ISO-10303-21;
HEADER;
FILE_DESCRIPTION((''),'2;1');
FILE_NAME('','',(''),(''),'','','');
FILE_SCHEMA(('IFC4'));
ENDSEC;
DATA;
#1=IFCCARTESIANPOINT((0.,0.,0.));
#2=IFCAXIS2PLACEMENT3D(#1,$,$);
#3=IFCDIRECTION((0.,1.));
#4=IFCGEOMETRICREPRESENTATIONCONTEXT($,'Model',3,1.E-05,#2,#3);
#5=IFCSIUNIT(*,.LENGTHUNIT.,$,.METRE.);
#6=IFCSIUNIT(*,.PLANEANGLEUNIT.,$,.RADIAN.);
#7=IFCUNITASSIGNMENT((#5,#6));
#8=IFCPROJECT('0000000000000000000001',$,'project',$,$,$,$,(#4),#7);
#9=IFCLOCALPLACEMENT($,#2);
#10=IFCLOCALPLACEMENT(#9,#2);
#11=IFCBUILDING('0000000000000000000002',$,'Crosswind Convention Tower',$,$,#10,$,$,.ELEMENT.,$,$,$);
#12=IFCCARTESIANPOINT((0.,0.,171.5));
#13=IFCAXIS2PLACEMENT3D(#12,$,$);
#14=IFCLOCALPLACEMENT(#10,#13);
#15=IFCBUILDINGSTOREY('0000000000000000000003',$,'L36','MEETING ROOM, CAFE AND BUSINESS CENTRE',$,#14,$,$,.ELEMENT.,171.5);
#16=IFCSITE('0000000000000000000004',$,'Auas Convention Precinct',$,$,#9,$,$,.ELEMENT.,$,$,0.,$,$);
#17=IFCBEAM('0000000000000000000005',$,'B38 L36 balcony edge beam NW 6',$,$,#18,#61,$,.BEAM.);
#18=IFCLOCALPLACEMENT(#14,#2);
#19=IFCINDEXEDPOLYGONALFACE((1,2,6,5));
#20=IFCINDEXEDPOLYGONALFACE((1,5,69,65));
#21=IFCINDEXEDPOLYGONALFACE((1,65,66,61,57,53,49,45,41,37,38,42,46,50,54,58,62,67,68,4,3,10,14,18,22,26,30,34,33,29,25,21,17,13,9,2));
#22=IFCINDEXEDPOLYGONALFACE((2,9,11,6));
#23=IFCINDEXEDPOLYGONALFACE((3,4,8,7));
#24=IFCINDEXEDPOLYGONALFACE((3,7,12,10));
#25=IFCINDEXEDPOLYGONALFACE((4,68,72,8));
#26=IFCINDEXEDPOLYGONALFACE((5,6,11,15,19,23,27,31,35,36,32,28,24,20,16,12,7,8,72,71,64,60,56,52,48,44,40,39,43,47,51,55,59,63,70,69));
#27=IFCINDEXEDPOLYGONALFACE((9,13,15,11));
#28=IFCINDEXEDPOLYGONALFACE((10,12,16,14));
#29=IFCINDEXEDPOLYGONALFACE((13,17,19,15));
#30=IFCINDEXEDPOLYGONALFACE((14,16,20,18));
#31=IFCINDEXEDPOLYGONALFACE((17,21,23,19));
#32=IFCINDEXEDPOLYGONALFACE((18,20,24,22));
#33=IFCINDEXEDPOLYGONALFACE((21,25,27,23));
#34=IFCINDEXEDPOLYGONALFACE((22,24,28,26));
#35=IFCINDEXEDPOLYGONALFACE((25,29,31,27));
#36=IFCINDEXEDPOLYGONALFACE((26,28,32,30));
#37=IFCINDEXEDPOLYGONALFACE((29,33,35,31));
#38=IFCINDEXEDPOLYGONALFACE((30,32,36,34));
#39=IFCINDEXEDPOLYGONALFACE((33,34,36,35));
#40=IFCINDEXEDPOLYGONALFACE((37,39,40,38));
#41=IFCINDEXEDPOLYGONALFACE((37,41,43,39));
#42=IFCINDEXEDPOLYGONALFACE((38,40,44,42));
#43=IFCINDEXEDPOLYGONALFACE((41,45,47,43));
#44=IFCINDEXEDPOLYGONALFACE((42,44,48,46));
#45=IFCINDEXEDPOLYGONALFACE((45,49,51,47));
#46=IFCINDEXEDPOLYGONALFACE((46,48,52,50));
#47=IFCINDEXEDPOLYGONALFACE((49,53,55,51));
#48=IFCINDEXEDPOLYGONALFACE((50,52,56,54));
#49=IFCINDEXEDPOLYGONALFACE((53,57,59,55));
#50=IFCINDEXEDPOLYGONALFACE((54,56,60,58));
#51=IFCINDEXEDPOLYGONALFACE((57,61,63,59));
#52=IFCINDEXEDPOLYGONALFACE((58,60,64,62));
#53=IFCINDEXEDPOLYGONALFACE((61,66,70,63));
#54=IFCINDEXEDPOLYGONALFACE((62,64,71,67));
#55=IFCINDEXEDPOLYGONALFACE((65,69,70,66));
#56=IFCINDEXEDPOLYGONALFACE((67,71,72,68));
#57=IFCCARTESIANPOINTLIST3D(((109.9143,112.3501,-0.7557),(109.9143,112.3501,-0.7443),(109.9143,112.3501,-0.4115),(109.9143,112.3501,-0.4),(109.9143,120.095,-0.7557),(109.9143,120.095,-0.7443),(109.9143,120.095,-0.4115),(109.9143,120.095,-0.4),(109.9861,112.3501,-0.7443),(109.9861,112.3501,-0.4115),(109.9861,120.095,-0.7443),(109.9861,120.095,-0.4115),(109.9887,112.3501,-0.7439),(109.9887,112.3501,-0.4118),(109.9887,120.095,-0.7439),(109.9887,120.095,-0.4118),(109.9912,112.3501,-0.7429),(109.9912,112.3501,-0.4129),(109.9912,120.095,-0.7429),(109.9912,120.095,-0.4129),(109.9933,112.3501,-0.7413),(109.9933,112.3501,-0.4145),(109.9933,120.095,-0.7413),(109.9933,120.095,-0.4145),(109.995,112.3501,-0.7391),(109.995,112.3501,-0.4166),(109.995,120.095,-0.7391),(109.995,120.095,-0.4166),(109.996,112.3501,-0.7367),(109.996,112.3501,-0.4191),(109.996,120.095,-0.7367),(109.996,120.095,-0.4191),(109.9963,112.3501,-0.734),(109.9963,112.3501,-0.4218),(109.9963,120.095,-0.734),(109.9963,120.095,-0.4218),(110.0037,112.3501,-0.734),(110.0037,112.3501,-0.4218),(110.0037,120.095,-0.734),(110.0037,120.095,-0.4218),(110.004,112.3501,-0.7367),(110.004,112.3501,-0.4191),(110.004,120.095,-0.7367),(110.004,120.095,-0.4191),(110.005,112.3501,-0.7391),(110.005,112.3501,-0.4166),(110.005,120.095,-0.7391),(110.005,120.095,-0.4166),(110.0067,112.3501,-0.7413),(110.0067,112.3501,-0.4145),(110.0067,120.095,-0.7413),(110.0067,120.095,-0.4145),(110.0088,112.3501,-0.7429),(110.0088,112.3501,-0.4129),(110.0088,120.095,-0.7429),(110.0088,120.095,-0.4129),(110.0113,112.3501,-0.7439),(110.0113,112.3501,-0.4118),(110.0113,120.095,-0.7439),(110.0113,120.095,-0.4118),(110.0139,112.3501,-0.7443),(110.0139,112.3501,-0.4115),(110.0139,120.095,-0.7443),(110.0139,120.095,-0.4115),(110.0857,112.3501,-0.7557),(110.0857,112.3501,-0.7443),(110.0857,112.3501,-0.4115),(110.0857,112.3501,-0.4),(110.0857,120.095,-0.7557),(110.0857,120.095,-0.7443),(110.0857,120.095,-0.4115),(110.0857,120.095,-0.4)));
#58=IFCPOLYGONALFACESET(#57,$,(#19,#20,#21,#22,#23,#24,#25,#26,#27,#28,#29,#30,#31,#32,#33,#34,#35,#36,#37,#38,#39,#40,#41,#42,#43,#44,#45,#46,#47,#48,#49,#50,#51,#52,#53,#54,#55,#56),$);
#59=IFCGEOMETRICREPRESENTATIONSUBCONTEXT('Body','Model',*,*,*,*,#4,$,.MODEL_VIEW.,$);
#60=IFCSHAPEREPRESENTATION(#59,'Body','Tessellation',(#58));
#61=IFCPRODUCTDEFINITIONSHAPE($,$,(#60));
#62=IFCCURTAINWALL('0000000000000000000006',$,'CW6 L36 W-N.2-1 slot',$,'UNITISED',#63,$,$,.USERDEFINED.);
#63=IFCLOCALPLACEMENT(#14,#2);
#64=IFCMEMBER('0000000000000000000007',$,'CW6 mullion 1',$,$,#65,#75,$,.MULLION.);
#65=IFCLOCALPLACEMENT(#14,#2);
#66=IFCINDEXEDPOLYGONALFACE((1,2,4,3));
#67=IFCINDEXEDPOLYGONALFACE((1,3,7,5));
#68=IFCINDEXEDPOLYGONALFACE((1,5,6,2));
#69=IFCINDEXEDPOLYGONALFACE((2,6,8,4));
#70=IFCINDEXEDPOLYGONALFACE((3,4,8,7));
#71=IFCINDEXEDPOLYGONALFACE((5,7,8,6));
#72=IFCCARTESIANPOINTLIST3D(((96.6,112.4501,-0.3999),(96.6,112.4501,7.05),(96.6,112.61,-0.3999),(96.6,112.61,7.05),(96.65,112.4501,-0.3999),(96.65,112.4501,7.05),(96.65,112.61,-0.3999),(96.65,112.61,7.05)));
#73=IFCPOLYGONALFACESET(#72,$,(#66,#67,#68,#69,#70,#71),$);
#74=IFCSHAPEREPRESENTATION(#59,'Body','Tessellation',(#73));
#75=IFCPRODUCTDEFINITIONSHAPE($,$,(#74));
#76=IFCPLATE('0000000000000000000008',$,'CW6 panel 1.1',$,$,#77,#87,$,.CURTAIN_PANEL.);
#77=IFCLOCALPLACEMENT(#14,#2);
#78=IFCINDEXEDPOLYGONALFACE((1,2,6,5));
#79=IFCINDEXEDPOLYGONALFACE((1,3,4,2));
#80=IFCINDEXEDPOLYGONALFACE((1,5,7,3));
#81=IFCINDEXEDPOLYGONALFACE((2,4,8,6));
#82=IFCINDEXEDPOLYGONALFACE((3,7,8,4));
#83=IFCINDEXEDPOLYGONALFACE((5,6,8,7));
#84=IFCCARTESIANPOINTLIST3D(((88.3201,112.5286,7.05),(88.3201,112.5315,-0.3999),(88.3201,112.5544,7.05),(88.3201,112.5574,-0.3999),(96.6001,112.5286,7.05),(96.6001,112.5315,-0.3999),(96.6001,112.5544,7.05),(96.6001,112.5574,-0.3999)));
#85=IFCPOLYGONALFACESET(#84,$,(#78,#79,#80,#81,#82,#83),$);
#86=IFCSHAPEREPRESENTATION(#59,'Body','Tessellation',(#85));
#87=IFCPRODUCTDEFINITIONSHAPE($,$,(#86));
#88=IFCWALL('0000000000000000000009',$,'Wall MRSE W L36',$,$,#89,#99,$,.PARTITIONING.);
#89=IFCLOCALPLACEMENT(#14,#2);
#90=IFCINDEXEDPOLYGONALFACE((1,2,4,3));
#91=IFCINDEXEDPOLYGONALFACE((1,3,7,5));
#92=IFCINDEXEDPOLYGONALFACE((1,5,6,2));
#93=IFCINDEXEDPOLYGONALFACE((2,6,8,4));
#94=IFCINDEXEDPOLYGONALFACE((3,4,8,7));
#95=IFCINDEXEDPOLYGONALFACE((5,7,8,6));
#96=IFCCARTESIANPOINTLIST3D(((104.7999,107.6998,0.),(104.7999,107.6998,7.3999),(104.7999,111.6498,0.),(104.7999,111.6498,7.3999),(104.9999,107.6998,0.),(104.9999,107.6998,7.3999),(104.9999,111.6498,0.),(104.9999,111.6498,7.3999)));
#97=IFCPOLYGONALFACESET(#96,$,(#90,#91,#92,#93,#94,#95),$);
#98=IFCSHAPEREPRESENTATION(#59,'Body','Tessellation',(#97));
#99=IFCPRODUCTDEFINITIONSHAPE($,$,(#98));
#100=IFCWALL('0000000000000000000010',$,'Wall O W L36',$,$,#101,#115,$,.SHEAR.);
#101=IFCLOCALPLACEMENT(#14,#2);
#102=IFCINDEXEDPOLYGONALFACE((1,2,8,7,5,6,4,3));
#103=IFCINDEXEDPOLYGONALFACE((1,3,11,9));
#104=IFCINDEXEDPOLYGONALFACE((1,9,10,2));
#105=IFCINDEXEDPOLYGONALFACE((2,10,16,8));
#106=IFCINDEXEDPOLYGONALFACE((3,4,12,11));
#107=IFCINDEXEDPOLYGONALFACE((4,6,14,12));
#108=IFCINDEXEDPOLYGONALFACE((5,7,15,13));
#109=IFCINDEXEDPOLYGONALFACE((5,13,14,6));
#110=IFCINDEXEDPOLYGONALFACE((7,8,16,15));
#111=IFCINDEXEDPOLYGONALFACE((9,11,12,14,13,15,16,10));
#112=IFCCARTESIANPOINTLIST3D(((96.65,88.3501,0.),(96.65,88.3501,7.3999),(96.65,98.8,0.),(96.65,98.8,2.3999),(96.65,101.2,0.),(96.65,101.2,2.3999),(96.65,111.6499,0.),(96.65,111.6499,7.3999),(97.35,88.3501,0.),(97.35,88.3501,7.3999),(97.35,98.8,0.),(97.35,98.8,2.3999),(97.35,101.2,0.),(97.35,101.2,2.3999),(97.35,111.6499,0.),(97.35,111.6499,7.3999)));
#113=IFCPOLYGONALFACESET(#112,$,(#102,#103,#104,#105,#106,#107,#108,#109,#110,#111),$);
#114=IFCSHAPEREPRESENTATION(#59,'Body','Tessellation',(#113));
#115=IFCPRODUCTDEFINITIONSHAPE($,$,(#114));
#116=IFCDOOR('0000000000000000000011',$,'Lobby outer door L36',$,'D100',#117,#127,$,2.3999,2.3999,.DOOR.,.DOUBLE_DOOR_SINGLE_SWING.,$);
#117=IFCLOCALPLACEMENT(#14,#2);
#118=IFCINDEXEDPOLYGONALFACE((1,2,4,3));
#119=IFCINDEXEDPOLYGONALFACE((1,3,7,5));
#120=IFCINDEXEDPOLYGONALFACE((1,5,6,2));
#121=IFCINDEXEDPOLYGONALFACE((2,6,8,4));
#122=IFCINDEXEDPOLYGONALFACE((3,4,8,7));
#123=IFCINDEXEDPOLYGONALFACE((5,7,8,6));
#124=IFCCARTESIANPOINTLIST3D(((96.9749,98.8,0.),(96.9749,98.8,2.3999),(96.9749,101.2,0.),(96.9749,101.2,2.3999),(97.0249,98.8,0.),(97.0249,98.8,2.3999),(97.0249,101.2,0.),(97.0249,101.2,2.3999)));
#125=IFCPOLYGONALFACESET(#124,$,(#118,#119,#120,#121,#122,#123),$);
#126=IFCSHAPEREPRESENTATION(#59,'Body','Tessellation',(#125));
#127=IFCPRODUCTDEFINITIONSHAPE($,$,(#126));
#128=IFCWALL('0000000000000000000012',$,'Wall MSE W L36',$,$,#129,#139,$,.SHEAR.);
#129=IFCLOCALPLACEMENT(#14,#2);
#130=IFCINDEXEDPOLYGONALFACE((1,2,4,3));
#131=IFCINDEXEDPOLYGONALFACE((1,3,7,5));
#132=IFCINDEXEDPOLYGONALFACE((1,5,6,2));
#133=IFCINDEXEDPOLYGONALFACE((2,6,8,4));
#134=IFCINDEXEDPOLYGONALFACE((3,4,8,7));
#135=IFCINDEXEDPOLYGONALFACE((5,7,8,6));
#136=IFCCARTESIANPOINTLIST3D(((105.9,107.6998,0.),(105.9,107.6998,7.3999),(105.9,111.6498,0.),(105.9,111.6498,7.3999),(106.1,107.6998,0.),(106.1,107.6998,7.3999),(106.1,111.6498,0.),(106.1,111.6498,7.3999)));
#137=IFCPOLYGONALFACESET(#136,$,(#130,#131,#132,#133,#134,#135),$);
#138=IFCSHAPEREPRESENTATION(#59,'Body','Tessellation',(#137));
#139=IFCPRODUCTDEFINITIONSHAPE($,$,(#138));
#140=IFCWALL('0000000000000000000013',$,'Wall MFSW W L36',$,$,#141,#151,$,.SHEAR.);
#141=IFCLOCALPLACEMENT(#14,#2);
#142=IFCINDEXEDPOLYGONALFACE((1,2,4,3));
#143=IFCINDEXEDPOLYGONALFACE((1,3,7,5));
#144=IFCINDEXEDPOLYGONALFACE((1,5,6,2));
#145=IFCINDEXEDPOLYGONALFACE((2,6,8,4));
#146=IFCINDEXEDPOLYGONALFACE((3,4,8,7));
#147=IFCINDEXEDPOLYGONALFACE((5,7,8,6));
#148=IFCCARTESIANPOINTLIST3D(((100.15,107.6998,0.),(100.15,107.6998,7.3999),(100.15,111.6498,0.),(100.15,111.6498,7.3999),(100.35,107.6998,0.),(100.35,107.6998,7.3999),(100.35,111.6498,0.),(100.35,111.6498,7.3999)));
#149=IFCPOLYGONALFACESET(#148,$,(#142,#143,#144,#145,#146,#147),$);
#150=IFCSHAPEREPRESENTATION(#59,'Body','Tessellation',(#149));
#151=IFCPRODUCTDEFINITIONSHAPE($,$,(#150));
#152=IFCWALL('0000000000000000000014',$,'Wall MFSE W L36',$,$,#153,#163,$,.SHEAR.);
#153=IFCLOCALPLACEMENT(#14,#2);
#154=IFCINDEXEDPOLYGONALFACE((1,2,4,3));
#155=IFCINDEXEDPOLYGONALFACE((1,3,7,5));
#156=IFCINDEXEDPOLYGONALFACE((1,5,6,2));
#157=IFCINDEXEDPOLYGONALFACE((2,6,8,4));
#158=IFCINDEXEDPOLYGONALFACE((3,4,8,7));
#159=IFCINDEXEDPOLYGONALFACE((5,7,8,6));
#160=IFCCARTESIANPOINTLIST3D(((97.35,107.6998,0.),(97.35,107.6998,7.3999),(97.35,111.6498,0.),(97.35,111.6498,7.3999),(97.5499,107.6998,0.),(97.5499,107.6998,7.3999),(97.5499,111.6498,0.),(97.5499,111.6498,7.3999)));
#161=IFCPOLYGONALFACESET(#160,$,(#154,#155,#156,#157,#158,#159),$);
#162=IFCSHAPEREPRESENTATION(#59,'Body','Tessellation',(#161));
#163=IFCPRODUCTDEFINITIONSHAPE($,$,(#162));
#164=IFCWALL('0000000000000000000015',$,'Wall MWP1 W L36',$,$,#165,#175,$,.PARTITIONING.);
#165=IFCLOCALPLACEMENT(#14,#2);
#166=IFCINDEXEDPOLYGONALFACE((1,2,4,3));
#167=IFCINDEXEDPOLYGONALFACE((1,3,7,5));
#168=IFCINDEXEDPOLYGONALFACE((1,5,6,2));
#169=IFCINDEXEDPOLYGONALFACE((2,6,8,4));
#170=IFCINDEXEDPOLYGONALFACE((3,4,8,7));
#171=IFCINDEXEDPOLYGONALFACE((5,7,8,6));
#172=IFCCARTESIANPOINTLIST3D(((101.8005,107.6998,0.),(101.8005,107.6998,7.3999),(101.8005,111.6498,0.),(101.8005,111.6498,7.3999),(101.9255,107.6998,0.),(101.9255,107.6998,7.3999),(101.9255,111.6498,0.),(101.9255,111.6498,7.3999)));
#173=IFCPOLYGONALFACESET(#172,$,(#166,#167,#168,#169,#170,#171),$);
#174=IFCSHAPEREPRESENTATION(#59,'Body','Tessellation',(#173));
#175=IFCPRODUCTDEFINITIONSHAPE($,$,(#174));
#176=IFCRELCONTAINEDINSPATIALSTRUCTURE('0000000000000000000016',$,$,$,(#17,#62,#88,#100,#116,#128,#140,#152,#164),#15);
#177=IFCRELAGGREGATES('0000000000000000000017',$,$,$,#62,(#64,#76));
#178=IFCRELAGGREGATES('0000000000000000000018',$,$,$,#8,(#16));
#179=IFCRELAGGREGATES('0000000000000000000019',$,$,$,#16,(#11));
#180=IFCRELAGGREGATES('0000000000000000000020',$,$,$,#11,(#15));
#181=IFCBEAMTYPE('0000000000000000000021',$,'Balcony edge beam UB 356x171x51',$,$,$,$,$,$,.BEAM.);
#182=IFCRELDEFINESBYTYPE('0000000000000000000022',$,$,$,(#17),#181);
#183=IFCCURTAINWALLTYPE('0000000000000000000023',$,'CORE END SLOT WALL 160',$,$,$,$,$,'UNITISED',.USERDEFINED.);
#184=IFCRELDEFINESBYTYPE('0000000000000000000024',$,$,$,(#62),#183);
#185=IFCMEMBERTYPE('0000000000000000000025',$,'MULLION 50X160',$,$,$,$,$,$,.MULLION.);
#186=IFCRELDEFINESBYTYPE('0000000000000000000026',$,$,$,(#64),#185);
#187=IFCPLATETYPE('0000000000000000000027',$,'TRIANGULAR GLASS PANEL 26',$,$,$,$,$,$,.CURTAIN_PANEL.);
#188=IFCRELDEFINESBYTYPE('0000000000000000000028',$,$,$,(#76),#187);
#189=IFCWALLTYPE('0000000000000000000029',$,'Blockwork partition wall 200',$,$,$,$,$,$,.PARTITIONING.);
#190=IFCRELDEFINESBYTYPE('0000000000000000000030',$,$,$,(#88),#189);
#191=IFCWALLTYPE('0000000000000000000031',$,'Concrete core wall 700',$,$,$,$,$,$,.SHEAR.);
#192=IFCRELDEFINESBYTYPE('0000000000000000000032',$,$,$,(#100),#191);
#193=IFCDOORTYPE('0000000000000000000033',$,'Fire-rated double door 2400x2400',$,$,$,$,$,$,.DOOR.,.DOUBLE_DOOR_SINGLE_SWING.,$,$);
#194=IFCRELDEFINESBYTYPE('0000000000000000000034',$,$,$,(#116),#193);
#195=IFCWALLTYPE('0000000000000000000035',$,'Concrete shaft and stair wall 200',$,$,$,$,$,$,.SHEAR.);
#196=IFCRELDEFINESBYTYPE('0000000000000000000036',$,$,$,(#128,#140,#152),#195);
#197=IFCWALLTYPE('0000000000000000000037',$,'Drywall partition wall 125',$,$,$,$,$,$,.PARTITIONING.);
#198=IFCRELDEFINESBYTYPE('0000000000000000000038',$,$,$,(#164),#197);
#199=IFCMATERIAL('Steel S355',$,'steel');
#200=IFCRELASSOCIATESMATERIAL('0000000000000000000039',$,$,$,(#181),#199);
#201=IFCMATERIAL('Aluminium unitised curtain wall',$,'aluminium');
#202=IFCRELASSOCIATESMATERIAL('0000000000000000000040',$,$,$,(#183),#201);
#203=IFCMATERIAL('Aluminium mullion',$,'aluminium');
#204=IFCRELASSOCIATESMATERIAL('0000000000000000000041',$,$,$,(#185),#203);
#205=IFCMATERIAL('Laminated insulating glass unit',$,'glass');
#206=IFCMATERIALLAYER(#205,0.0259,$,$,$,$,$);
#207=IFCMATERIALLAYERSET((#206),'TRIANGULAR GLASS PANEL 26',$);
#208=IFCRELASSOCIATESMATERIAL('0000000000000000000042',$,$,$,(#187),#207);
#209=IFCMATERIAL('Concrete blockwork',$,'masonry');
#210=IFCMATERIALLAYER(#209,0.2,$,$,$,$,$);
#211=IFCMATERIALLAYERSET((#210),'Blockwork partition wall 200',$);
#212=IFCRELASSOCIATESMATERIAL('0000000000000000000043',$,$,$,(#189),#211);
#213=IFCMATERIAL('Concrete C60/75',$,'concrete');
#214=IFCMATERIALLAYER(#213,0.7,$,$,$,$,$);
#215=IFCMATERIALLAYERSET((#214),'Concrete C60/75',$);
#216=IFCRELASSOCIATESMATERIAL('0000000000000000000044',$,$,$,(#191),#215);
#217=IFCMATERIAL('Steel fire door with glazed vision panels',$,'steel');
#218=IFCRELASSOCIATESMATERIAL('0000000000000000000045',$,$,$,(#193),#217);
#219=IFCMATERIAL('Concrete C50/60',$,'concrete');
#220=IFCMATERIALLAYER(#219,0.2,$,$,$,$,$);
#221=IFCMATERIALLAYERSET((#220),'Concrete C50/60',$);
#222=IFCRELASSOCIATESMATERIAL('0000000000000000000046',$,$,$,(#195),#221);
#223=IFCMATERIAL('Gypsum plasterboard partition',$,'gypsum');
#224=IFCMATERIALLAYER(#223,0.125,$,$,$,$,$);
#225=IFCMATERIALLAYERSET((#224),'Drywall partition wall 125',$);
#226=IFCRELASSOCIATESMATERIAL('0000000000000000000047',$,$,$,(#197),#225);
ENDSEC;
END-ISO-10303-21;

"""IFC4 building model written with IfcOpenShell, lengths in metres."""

from ifc_helpers import new_model, si_unit, direction, frame, frame_2d, origin, origin_2d, place, context, subcontext, project, spatial, polyline, rectangle, i_section, outline, extrude, material, layer, layer_set, material_profile, profile_set, type_object, element, fill, aggregate, save


model = new_model("IFC4")

# Units and contexts
model_context = context("Model", 3, precision=1e-05, world=origin(), true_north=direction((0.0, 1.0)))
body_context = subcontext(model_context, "Body", "Model", "MODEL_VIEW")
ifc_project = project(units=[si_unit("LENGTHUNIT", "METRE"), si_unit("PLANEANGLEUNIT", "RADIAN")], contexts=[model_context])

# Site, building, storey
site_placement = place(None, origin())
site = spatial("IfcSite", under=ifc_project, at=site_placement, Name="Auas Convention Precinct", CompositionType="ELEMENT", RefElevation=0.0)
building_placement = place(site_placement, origin())
building = spatial("IfcBuilding", under=site, at=building_placement, Name="Crosswind Convention Tower", CompositionType="ELEMENT")
storey_placement = place(building_placement, frame((0.0, 0.0, 171.5)))
storey = spatial("IfcBuildingStorey", under=building, at=storey_placement, Name="L36", Description="MEETING ROOM, CAFE AND BUSINESS CENTRE", CompositionType="ELEMENT", Elevation=171.5)

# Beam
ifc_material_1 = material(Name="Steel S355", Category="steel")
ifc_material_profile_1 = material_profile(ifc_material_1, i_section(OverallWidth=0.1714, OverallDepth=0.3557, WebThickness=0.0073, FlangeThickness=0.0115, FilletRadius=0.0103, at=origin_2d()), Name="UB 356x171x51")
ifc_profile_set_1 = profile_set([ifc_material_profile_1], Name="Steel S355")
beam_type = type_object("IfcBeamType", Name="Balcony edge beam UB 356x171x51", PredefinedType="BEAM", material=ifc_profile_set_1)
beam_placement = place(storey_placement, frame((110.0, 112.3501, -0.5779), z_axis=(0.0, 1.0, 0.0), x_axis=(-1.0, 0.0, 0.0)))
element("IfcBeam", 1, at=beam_placement, inside=storey, type_object=beam_type, Name="B38 L36 balcony edge beam NW 6", PredefinedType="BEAM", context=body_context, shape_type="SweptSolid", body=[
    extrude(i_section(OverallWidth=0.1714, OverallDepth=0.3557, WebThickness=0.0073, FlangeThickness=0.0115, FilletRadius=0.0103, at=origin_2d()), origin(), (0.0, 0.0, 1.0), 7.7449),
])

# Curtain wall, member, plate
ifc_material_2 = material(Name="Aluminium unitised curtain wall", Category="aluminium")
curtain_wall_type = type_object("IfcCurtainWallType", Name="CORE END SLOT WALL 160", ElementType="UNITISED", PredefinedType="USERDEFINED", material=ifc_material_2)
curtain_wall_placement = place(storey_placement, origin())
curtain_wall = element("IfcCurtainWall", 2, at=curtain_wall_placement, inside=storey, type_object=curtain_wall_type, Name="CW6 L36 W-N.2-1 slot", ObjectType="UNITISED", PredefinedType="USERDEFINED")
ifc_material_3 = material(Name="Aluminium mullion", Category="aluminium")
ifc_material_profile_2 = material_profile(ifc_material_3, rectangle(XDim=0.1599, YDim=0.05, at=origin_2d()), Name="AL 160X50")
ifc_profile_set_2 = profile_set([ifc_material_profile_2], Name="Aluminium mullion")
member_type = type_object("IfcMemberType", Name="MULLION 50X160", PredefinedType="MULLION", material=ifc_profile_set_2)
member_placement = place(storey_placement, frame((96.625, 112.53, -0.3999), z_axis=(0.0, 0.0, 1.0), x_axis=(0.0, 1.0, 0.0)))
member = element("IfcMember", 3, at=member_placement, type_object=member_type, Name="CW6 mullion 1", PredefinedType="MULLION", context=body_context, shape_type="SweptSolid", body=[
    extrude(rectangle(XDim=0.1599, YDim=0.05, at=origin_2d()), origin(), (0.0, 0.0, 1.0), 7.45),
])
ifc_material_4 = material(Name="Laminated insulating glass unit", Category="glass")
ifc_layer_1 = layer(ifc_material_4, 0.0259)
ifc_layer_set_1 = layer_set([ifc_layer_1], Name="TRIANGULAR GLASS PANEL 26")
plate_type = type_object("IfcPlateType", Name="TRIANGULAR GLASS PANEL 26", PredefinedType="CURTAIN_PANEL", material=ifc_layer_set_1)
plate_placement = place(storey_placement, frame((96.6001, 112.5574, -0.3999), z_axis=(0.0, 1.0, 0.000393), x_axis=(-1.0, 0.0, 0.0)))
plate = element("IfcPlate", 4, at=plate_placement, type_object=plate_type, Name="CW6 panel 1.1", PredefinedType="CURTAIN_PANEL", context=body_context, shape_type="SweptSolid", body=[
    extrude(outline(polyline([(0.0, 0.0), (8.28, 0.0), (8.28, 7.45), (0.0, 7.45), (0.0, 0.0)])), origin(), (0.0, 0.0, -1.0), 0.0259),
])
aggregate(curtain_wall, [member, plate])

# Wall
ifc_material_5 = material(Name="Concrete blockwork", Category="masonry")
ifc_layer_2 = layer(ifc_material_5, 0.2)
ifc_layer_set_2 = layer_set([ifc_layer_2], Name="Blockwork partition wall 200")
wall_type_1 = type_object("IfcWallType", Name="Blockwork partition wall 200", PredefinedType="PARTITIONING", material=ifc_layer_set_2)
wall_1_placement = place(storey_placement, frame((104.8999, 111.6499, 0.0), z_axis=(0.0, 0.0, 1.0), x_axis=(0.0, -1.0, 0.0)))
element("IfcWall", 5, at=wall_1_placement, inside=storey, type_object=wall_type_1, Name="Wall MRSE W L36", PredefinedType="PARTITIONING", context=body_context, shape_type="SweptSolid", body=[
    extrude(rectangle(XDim=3.95, YDim=0.2, at=frame_2d((1.9751, 0.0))), origin(), (0.0, 0.0, 1.0), 7.3999),
])

# Wall, opening, door
ifc_material_6 = material(Name="Concrete C60/75", Category="concrete")
ifc_layer_3 = layer(ifc_material_6, 0.7)
ifc_layer_set_3 = layer_set([ifc_layer_3], Name="Concrete C60/75")
wall_type_2 = type_object("IfcWallType", Name="Concrete core wall 700", PredefinedType="SHEAR", material=ifc_layer_set_3)
wall_2_placement = place(storey_placement, frame((97.0, 111.6499, 0.0), z_axis=(0.0, 0.0, 1.0), x_axis=(0.0, -1.0, 0.0)))
wall_2 = element("IfcWall", 6, at=wall_2_placement, inside=storey, type_object=wall_type_2, Name="Wall O W L36", PredefinedType="SHEAR", context=body_context, shape_type="SweptSolid", body=[
    extrude(rectangle(XDim=23.2998, YDim=0.7, at=frame_2d((11.6499, 0.0))), origin(), (0.0, 0.0, 1.0), 7.3999),
])
opening_1_placement = place(wall_2_placement, frame((10.45, 0.0, 0.0)))
opening_1 = element("IfcOpeningElement", 7, at=opening_1_placement, cuts=wall_2, PredefinedType="OPENING", context=body_context, shape_type="SweptSolid", body=[
    extrude(rectangle(XDim=2.3999, YDim=2.3999, at=frame_2d((1.2, 1.2))), frame((0.0, 0.3599, 0.0), z_axis=(0.0, -1.0, 0.0), x_axis=(1.0, 0.0, 0.0)), (0.0, 0.0, 1.0), 0.72),
])
ifc_material_7 = material(Name="Steel fire door with glazed vision panels", Category="steel")
door_type = type_object("IfcDoorType", Name="Fire-rated double door 2400x2400", OperationType="DOUBLE_DOOR_SINGLE_SWING", PredefinedType="DOOR", material=ifc_material_7)
door_placement = place(opening_1_placement, origin())
door = element("IfcDoor", 8, at=door_placement, inside=storey, type_object=door_type, Name="Lobby outer door L36", ObjectType="D100", OperationType="DOUBLE_DOOR_SINGLE_SWING", OverallHeight=2.3999, OverallWidth=2.3999, PredefinedType="DOOR", context=body_context, shape_type="SweptSolid", body=[
    extrude(rectangle(XDim=2.3999, YDim=2.3999, at=frame_2d((1.2, 1.2))), frame((0.0, 0.0249, 0.0), z_axis=(0.0, -1.0, 0.0), x_axis=(1.0, 0.0, 0.0)), (0.0, 0.0, 1.0), 0.05),
])
fill(opening_1, door)

# Walls
ifc_material_8 = material(Name="Concrete C50/60", Category="concrete")
ifc_layer_4 = layer(ifc_material_8, 0.2)
ifc_layer_set_4 = layer_set([ifc_layer_4], Name="Concrete C50/60")
wall_type_3 = type_object("IfcWallType", Name="Concrete shaft and stair wall 200", PredefinedType="SHEAR", material=ifc_layer_set_4)
for number, where, z_axis, x_axis, name in (
    (9, (106.0, 111.6499, 0.0), (0.0, 0.0, 1.0), (0.0, -1.0, 0.0), "Wall MSE W L36"),
    (10, (100.25, 111.6499, 0.0), (0.0, 0.0, 1.0), (0.0, -1.0, 0.0), "Wall MFSW W L36"),
    (11, (97.45, 111.6499, 0.0), (0.0, 0.0, 1.0), (0.0, -1.0, 0.0), "Wall MFSE W L36"),
):
    element("IfcWall", number, at=place(storey_placement, frame(where, z_axis=z_axis, x_axis=x_axis)), inside=storey, type_object=wall_type_3, Name=name, PredefinedType="SHEAR", context=body_context, shape_type="SweptSolid", body=[
        extrude(rectangle(XDim=3.95, YDim=0.2, at=frame_2d((1.9751, 0.0))), origin(), (0.0, 0.0, 1.0), 7.3999),
    ])
ifc_material_9 = material(Name="Gypsum plasterboard partition", Category="gypsum")
ifc_layer_5 = layer(ifc_material_9, 0.125)
ifc_layer_set_5 = layer_set([ifc_layer_5], Name="Drywall partition wall 125")
wall_type_4 = type_object("IfcWallType", Name="Drywall partition wall 125", PredefinedType="PARTITIONING", material=ifc_layer_set_5)
wall_3_placement = place(storey_placement, frame((101.863, 111.6499, 0.0), z_axis=(0.0, 0.0, 1.0), x_axis=(0.0, -1.0, 0.0)))
element("IfcWall", 12, at=wall_3_placement, inside=storey, type_object=wall_type_4, Name="Wall MWP1 W L36", PredefinedType="PARTITIONING", context=body_context, shape_type="SweptSolid", body=[
    extrude(rectangle(XDim=3.95, YDim=0.125, at=frame_2d((1.9751, 0.0))), origin(), (0.0, 0.0, 1.0), 7.3999),
])

save(model, "model.ifc")
